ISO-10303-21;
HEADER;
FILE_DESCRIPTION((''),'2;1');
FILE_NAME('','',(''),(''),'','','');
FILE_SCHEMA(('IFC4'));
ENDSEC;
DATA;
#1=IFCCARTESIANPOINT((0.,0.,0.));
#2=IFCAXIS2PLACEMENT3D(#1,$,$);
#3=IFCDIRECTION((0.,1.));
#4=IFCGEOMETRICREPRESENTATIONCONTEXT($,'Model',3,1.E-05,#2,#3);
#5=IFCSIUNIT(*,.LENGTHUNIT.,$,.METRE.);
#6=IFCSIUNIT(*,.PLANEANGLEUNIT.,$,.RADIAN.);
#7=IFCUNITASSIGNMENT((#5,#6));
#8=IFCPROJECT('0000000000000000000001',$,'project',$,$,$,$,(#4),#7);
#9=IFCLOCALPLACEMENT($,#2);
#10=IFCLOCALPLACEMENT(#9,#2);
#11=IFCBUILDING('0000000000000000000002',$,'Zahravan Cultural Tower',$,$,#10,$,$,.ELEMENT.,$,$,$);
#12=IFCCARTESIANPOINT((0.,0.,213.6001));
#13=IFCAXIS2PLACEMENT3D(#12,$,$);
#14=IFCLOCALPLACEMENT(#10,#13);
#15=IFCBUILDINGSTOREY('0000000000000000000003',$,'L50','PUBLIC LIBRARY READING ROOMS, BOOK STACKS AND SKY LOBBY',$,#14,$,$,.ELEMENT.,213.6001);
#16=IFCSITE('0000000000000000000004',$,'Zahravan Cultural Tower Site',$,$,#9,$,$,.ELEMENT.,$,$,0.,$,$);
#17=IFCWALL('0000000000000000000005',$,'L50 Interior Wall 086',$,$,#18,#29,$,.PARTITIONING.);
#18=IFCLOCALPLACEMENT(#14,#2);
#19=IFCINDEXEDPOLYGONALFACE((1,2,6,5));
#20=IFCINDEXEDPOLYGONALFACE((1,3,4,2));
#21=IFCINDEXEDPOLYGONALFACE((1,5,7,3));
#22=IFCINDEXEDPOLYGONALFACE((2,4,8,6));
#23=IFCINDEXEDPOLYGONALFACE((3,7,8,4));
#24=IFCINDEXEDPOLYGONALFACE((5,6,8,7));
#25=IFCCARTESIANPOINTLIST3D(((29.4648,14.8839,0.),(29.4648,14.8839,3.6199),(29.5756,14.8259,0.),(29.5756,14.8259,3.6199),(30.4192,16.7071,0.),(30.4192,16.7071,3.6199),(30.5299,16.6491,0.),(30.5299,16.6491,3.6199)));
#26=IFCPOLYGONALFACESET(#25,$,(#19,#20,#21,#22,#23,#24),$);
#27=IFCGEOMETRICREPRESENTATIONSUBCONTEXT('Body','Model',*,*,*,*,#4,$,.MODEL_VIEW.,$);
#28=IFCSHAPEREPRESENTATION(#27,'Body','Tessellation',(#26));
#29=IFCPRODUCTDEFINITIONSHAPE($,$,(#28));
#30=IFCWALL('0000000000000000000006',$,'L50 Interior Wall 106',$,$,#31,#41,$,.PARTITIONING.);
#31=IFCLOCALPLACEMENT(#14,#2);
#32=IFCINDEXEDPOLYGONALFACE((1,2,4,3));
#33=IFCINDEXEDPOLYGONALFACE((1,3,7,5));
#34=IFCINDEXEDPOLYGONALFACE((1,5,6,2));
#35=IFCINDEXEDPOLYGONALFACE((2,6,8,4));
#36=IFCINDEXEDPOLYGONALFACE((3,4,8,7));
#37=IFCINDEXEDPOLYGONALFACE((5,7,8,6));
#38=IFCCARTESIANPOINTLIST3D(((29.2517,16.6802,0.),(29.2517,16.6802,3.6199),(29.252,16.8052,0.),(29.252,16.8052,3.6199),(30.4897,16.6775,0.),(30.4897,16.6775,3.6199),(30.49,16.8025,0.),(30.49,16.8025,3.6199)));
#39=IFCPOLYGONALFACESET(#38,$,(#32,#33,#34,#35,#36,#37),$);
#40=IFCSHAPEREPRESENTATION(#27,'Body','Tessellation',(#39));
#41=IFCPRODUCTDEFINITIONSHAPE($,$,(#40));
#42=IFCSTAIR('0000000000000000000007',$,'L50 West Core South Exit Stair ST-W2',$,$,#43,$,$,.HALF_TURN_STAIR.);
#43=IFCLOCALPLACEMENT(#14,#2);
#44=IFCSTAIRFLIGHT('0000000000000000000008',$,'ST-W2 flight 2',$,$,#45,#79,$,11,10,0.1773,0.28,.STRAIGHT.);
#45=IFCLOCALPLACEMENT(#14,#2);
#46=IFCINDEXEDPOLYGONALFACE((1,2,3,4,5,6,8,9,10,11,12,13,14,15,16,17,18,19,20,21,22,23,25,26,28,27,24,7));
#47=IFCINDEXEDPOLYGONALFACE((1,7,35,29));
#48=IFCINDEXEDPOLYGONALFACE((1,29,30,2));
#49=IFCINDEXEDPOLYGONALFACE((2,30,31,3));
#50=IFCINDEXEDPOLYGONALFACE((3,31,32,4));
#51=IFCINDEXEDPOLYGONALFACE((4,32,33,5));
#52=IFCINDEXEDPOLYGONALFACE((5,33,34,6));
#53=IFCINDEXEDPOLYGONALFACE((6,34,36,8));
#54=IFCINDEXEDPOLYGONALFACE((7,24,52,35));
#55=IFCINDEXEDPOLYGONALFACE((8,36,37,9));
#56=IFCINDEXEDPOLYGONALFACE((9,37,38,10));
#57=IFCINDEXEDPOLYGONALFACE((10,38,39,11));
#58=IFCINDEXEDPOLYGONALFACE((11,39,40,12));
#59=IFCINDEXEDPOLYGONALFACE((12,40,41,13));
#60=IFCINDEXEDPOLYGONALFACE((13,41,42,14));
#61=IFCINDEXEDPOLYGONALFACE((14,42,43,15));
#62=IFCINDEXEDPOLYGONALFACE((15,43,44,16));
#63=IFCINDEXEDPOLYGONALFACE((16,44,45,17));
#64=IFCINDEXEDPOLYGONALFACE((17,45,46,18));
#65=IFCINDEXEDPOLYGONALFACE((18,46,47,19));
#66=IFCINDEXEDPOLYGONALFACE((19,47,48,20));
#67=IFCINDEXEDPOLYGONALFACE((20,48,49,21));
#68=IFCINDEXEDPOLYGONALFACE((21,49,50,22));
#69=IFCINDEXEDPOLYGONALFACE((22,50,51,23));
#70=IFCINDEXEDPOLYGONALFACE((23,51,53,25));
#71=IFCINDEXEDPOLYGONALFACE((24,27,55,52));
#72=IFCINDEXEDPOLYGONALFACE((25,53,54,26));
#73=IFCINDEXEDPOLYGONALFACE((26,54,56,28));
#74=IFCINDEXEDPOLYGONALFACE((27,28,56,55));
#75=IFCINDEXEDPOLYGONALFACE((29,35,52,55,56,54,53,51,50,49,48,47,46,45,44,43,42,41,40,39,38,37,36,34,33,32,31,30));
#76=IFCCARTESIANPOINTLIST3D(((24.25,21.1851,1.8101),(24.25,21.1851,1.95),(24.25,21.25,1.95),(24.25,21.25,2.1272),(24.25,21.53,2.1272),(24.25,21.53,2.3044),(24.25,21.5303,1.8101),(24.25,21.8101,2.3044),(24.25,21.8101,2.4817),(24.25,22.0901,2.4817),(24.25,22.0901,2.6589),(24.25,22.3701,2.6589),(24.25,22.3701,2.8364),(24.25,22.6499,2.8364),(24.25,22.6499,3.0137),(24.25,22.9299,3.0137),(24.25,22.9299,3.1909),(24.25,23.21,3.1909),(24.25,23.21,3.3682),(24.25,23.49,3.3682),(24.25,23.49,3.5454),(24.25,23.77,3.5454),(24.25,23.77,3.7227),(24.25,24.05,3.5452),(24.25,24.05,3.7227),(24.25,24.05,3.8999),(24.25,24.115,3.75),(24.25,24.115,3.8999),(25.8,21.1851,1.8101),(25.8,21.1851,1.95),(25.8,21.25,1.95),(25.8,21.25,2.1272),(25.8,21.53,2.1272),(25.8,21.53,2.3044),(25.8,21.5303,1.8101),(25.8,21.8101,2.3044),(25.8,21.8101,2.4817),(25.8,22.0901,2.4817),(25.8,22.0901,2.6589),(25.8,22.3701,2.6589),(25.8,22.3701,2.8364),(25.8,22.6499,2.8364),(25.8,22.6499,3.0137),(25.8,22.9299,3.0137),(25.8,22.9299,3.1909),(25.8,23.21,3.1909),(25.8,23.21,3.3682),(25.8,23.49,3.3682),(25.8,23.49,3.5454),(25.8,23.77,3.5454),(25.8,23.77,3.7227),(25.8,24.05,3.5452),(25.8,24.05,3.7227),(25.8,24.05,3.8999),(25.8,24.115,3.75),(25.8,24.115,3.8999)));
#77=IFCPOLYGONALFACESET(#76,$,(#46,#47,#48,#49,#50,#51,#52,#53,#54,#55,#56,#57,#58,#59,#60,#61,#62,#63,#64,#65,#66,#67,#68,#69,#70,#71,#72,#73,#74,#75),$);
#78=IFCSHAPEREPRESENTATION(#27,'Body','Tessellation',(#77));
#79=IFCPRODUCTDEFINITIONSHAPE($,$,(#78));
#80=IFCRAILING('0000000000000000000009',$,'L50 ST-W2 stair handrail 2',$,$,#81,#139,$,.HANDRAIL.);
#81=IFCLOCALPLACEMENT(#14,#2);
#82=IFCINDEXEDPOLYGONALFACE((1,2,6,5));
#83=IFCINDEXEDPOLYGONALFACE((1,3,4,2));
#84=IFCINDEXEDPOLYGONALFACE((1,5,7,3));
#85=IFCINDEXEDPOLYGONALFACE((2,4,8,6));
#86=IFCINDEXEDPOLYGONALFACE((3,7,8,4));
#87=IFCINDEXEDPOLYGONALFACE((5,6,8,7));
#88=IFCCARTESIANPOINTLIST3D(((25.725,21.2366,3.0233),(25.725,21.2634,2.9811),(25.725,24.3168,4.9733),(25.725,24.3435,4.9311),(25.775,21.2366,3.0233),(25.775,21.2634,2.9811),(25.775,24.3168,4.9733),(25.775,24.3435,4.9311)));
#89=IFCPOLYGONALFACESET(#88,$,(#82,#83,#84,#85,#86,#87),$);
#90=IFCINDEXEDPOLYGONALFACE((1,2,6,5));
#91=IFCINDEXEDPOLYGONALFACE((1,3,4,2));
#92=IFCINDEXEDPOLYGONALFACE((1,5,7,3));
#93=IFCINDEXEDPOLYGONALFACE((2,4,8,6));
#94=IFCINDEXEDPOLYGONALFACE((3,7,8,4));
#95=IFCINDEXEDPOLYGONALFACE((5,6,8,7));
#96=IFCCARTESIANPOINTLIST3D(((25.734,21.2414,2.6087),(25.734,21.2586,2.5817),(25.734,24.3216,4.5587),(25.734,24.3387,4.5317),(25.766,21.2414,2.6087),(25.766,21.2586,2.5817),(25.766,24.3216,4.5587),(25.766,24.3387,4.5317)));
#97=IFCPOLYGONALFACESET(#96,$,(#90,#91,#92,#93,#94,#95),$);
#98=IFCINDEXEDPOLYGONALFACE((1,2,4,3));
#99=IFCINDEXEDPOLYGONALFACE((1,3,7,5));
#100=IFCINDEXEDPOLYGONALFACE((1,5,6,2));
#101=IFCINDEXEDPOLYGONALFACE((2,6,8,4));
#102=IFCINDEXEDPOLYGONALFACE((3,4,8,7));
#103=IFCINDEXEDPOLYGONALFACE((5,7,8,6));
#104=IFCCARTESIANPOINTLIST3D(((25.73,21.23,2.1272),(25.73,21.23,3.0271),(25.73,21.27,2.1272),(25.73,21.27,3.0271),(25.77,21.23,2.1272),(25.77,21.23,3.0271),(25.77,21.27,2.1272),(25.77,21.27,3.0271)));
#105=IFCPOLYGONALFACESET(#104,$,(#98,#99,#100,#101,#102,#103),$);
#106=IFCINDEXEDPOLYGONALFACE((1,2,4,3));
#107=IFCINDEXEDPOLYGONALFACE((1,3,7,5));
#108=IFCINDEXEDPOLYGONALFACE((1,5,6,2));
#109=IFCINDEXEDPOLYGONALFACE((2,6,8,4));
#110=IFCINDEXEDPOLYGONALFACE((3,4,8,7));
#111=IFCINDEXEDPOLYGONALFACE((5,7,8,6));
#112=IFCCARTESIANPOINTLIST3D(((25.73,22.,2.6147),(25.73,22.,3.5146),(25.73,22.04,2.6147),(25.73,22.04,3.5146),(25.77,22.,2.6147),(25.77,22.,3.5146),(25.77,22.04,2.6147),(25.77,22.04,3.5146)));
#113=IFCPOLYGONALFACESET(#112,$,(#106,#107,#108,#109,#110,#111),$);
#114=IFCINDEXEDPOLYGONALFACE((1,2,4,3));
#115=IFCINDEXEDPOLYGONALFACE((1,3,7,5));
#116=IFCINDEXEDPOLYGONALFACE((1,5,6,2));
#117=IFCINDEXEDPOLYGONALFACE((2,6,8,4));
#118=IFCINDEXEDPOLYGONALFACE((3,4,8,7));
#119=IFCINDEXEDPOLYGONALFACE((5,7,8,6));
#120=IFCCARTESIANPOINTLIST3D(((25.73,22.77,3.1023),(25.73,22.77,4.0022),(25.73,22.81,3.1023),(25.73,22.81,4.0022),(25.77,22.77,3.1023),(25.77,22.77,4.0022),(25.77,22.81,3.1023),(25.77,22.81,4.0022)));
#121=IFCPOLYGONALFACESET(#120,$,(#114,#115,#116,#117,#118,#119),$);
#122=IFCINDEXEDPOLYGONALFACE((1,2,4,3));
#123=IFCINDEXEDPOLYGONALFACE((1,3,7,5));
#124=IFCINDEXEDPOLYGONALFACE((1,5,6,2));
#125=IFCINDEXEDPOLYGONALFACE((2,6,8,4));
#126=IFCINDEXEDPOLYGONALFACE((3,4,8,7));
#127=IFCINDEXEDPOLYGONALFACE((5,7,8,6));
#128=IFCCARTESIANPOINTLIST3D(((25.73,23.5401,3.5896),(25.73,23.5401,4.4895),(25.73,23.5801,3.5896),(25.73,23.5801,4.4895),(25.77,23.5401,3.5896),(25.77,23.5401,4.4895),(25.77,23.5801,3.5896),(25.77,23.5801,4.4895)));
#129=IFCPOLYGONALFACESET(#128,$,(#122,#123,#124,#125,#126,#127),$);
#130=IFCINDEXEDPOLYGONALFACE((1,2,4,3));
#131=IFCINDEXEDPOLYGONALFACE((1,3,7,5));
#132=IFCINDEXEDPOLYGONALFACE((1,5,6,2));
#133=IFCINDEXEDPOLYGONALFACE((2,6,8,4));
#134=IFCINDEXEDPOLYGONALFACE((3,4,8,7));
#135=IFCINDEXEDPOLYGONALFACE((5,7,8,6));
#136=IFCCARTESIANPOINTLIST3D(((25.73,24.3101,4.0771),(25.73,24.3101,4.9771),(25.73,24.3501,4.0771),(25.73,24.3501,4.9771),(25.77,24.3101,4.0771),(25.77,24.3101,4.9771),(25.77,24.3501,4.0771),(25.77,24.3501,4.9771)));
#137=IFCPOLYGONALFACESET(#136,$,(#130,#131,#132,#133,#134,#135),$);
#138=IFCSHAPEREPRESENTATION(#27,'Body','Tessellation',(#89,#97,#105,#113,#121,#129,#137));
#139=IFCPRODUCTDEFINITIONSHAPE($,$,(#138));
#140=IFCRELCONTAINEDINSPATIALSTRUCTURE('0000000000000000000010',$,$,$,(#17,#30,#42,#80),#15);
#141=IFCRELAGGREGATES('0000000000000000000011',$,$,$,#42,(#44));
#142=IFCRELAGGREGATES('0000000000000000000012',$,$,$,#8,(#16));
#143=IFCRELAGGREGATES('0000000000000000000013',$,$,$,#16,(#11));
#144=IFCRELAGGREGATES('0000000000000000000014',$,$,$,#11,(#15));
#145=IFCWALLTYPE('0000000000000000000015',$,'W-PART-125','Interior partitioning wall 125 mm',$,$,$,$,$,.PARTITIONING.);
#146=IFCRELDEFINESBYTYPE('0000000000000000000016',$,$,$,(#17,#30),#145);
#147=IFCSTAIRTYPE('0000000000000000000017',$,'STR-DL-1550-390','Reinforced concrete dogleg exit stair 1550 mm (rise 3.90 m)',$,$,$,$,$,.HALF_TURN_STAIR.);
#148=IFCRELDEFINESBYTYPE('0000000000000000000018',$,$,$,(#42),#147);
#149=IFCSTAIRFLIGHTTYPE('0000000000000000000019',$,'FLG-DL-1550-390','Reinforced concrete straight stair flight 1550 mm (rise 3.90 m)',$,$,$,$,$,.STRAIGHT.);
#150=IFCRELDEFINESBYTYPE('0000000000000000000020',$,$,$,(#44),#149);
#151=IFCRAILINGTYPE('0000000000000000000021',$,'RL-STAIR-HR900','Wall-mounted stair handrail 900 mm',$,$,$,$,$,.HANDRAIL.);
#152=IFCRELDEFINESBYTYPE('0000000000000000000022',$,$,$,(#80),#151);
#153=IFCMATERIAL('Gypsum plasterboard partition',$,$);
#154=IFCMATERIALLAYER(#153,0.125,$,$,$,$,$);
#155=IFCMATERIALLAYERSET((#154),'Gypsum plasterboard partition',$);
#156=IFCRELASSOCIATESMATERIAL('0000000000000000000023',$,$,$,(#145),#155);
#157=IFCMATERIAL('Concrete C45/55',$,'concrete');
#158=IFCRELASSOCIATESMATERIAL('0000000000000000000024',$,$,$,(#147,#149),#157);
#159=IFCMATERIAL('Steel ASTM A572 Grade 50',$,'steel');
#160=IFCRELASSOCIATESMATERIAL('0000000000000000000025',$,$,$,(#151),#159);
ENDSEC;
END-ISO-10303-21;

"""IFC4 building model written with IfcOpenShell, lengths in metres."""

from ifc_helpers import new_model, si_unit, direction, frame, frame_2d, origin, origin_2d, place, context, subcontext, project, spatial, polyline, rectangle, outline, extrude, source, transform, mapped, material, layer, layer_set, type_object, element, aggregate, save


model = new_model("IFC4")

# Units and contexts
model_context = context("Model", 3, precision=1e-05, world=origin(), true_north=direction((0.0, 1.0)))
body_context = subcontext(model_context, "Body", "Model", "MODEL_VIEW")
ifc_project = project(units=[si_unit("LENGTHUNIT", "METRE"), si_unit("PLANEANGLEUNIT", "RADIAN")], contexts=[model_context])

# Site, building, storey
site_placement = place(None, origin())
site = spatial("IfcSite", under=ifc_project, at=site_placement, Name="Zahravan Cultural Tower Site", CompositionType="ELEMENT", RefElevation=0.0)
building_placement = place(site_placement, origin())
building = spatial("IfcBuilding", under=site, at=building_placement, Name="Zahravan Cultural Tower", CompositionType="ELEMENT")
storey_placement = place(building_placement, frame((0.0, 0.0, 213.6001)))
storey = spatial("IfcBuildingStorey", under=building, at=storey_placement, Name="L50", Description="PUBLIC LIBRARY READING ROOMS, BOOK STACKS AND SKY LOBBY", CompositionType="ELEMENT", Elevation=213.6001)

# Shared definitions
ifc_material_1 = material(Name="Steel ASTM A572 Grade 50", Category="steel")

# Shared definitions
ifc_material_2 = material(Name="Gypsum plasterboard partition")
ifc_layer_1 = layer(ifc_material_2, 0.125)
ifc_layer_set_1 = layer_set([ifc_layer_1], Name="Gypsum plasterboard partition")
wall_type_1 = type_object("IfcWallType", Name="W-PART-125", Description="Interior partitioning wall 125 mm", PredefinedType="PARTITIONING", material=ifc_layer_set_1)
ifc_material_3 = material(Name="Concrete C45/55", Category="concrete")

# Walls
shared_shape_1 = source(origin(), body_context, "Body", "SweptSolid", [
    extrude(rectangle(XDim=2.0579, YDim=0.125, at=frame_2d((1.0288, 0.0))), origin(), (0.0, 0.0, 1.0), 3.6199),
])
wall_1_placement = place(storey_placement, frame((29.5203, 14.855, 0.0), z_axis=(0.0, 0.0, 1.0), x_axis=(0.463745, 0.885968, 0.0)))
element("IfcWall", 1, at=wall_1_placement, inside=storey, type_object=wall_type_1, Name="L50 Interior Wall 086", PredefinedType="PARTITIONING", context=body_context, shape_type="MappedRepresentation", body=[
    mapped(shared_shape_1, transform((0.0, 0.0, 0.0), x_axis=(1.0, 0.0, 0.0), y_axis=(0.0, 1.0, 0.0), z_axis=(0.0, 0.0, 1.0), scale=1.0)),
])
shared_shape_2 = source(origin(), body_context, "Body", "SweptSolid", [
    extrude(rectangle(XDim=1.238, YDim=0.125, at=frame_2d((0.6191, 0.0))), origin(), (0.0, 0.0, 1.0), 3.6199),
])
wall_2_placement = place(storey_placement, frame((29.2517, 16.7427, 0.0), z_axis=(0.0, 0.0, 1.0), x_axis=(0.999998, -0.002169, 0.0)))
element("IfcWall", 2, at=wall_2_placement, inside=storey, type_object=wall_type_1, Name="L50 Interior Wall 106", PredefinedType="PARTITIONING", context=body_context, shape_type="MappedRepresentation", body=[
    mapped(shared_shape_2, transform((0.0, 0.0, 0.0), x_axis=(1.0, 0.0, 0.0), y_axis=(0.0, 1.0, 0.0), z_axis=(0.0, 0.0, 1.0), scale=1.0)),
])

# Stair, stair flight
stair_type = type_object("IfcStairType", Name="STR-DL-1550-390", Description="Reinforced concrete dogleg exit stair 1550 mm (rise 3.90 m)", PredefinedType="HALF_TURN_STAIR", material=ifc_material_3)
stair_placement = place(storey_placement, origin())
stair = element("IfcStair", 3, at=stair_placement, inside=storey, type_object=stair_type, Name="L50 West Core South Exit Stair ST-W2", PredefinedType="HALF_TURN_STAIR")
stair_flight_type = type_object("IfcStairFlightType", Name="FLG-DL-1550-390", Description="Reinforced concrete straight stair flight 1550 mm (rise 3.90 m)", PredefinedType="STRAIGHT", material=ifc_material_3)
stair_flight_placement = place(storey_placement, frame((25.0249, 21.25, 1.95), z_axis=(0.0, 0.0, 1.0), x_axis=(0.0, 1.0, 0.0)))
stair_flight = element("IfcStairFlight", 4, at=stair_flight_placement, type_object=stair_flight_type, Name="ST-W2 flight 2", NumberOfRisers=11, NumberOfTreads=10, PredefinedType="STRAIGHT", RiserHeight=0.1773, TreadLength=0.28, context=body_context, shape_type="SweptSolid", body=[
    extrude(outline(polyline([(-0.0649, -0.1399), (-0.0649, 0.0), (0.0, 0.0), (0.0, 0.1772), (0.28, 0.1772), (0.28, 0.3545), (0.5601, 0.3545), (0.5601, 0.5317), (0.8401, 0.5317), (0.8401, 0.709), (1.1201, 0.709), (1.1201, 0.8865), (1.3999, 0.8865), (1.3999, 1.0637), (1.6799, 1.0637), (1.6799, 1.241), (1.96, 1.241), (1.96, 1.4182), (2.24, 1.4182), (2.24, 1.5955), (2.52, 1.5955), (2.52, 1.7727), (2.8, 1.7727), (2.8, 1.95), (2.865, 1.95), (2.865, 1.8), (2.8, 1.5952), (0.2803, -0.1399), (-0.0649, -0.1399)])), frame((0.0, 0.7749, 0.0), z_axis=(0.0, -1.0, 0.0), x_axis=(1.0, 0.0, 0.0)), (0.0, 0.0, 1.0), 1.55),
])
aggregate(stair, [stair_flight])

# Railing
railing_type = type_object("IfcRailingType", Name="RL-STAIR-HR900", Description="Wall-mounted stair handrail 900 mm", PredefinedType="HANDRAIL", material=ifc_material_1)
railing_placement = place(storey_placement, frame((25.75, 21.25, 2.1272)))
element("IfcRailing", 5, at=railing_placement, inside=storey, type_object=railing_type, Name="L50 ST-W2 stair handrail 2", PredefinedType="HANDRAIL", context=body_context, shape_type="SweptSolid", body=[
    extrude(rectangle(XDim=0.05, YDim=0.05, at=origin_2d()), frame((0.0, 0.0, 0.875), z_axis=(0.0, 0.844914, 0.534902), x_axis=(-1.0, 0.0, 0.0)), (0.0, 0.0, 1.0), 3.6455),
    extrude(rectangle(XDim=0.032, YDim=0.032, at=origin_2d()), frame((0.0, 0.0, 0.468), z_axis=(0.0, 0.844914, 0.534902), x_axis=(-1.0, 0.0, 0.0)), (0.0, 0.0, 1.0), 3.6455),
    extrude(rectangle(XDim=0.04, YDim=0.04, at=origin_2d()), origin(), (0.0, 0.0, 1.0), 0.8999),
    extrude(rectangle(XDim=0.04, YDim=0.04, at=origin_2d()), frame((0.0, 0.77, 0.4875)), (0.0, 0.0, 1.0), 0.8999),
    extrude(rectangle(XDim=0.04, YDim=0.04, at=origin_2d()), frame((0.0, 1.54, 0.9751)), (0.0, 0.0, 1.0), 0.8999),
    extrude(rectangle(XDim=0.04, YDim=0.04, at=origin_2d()), frame((0.0, 2.3101, 1.4624)), (0.0, 0.0, 1.0), 0.8999),
    extrude(rectangle(XDim=0.04, YDim=0.04, at=origin_2d()), frame((0.0, 3.0801, 1.95)), (0.0, 0.0, 1.0), 0.8999),
])

save(model, "model.ifc")
